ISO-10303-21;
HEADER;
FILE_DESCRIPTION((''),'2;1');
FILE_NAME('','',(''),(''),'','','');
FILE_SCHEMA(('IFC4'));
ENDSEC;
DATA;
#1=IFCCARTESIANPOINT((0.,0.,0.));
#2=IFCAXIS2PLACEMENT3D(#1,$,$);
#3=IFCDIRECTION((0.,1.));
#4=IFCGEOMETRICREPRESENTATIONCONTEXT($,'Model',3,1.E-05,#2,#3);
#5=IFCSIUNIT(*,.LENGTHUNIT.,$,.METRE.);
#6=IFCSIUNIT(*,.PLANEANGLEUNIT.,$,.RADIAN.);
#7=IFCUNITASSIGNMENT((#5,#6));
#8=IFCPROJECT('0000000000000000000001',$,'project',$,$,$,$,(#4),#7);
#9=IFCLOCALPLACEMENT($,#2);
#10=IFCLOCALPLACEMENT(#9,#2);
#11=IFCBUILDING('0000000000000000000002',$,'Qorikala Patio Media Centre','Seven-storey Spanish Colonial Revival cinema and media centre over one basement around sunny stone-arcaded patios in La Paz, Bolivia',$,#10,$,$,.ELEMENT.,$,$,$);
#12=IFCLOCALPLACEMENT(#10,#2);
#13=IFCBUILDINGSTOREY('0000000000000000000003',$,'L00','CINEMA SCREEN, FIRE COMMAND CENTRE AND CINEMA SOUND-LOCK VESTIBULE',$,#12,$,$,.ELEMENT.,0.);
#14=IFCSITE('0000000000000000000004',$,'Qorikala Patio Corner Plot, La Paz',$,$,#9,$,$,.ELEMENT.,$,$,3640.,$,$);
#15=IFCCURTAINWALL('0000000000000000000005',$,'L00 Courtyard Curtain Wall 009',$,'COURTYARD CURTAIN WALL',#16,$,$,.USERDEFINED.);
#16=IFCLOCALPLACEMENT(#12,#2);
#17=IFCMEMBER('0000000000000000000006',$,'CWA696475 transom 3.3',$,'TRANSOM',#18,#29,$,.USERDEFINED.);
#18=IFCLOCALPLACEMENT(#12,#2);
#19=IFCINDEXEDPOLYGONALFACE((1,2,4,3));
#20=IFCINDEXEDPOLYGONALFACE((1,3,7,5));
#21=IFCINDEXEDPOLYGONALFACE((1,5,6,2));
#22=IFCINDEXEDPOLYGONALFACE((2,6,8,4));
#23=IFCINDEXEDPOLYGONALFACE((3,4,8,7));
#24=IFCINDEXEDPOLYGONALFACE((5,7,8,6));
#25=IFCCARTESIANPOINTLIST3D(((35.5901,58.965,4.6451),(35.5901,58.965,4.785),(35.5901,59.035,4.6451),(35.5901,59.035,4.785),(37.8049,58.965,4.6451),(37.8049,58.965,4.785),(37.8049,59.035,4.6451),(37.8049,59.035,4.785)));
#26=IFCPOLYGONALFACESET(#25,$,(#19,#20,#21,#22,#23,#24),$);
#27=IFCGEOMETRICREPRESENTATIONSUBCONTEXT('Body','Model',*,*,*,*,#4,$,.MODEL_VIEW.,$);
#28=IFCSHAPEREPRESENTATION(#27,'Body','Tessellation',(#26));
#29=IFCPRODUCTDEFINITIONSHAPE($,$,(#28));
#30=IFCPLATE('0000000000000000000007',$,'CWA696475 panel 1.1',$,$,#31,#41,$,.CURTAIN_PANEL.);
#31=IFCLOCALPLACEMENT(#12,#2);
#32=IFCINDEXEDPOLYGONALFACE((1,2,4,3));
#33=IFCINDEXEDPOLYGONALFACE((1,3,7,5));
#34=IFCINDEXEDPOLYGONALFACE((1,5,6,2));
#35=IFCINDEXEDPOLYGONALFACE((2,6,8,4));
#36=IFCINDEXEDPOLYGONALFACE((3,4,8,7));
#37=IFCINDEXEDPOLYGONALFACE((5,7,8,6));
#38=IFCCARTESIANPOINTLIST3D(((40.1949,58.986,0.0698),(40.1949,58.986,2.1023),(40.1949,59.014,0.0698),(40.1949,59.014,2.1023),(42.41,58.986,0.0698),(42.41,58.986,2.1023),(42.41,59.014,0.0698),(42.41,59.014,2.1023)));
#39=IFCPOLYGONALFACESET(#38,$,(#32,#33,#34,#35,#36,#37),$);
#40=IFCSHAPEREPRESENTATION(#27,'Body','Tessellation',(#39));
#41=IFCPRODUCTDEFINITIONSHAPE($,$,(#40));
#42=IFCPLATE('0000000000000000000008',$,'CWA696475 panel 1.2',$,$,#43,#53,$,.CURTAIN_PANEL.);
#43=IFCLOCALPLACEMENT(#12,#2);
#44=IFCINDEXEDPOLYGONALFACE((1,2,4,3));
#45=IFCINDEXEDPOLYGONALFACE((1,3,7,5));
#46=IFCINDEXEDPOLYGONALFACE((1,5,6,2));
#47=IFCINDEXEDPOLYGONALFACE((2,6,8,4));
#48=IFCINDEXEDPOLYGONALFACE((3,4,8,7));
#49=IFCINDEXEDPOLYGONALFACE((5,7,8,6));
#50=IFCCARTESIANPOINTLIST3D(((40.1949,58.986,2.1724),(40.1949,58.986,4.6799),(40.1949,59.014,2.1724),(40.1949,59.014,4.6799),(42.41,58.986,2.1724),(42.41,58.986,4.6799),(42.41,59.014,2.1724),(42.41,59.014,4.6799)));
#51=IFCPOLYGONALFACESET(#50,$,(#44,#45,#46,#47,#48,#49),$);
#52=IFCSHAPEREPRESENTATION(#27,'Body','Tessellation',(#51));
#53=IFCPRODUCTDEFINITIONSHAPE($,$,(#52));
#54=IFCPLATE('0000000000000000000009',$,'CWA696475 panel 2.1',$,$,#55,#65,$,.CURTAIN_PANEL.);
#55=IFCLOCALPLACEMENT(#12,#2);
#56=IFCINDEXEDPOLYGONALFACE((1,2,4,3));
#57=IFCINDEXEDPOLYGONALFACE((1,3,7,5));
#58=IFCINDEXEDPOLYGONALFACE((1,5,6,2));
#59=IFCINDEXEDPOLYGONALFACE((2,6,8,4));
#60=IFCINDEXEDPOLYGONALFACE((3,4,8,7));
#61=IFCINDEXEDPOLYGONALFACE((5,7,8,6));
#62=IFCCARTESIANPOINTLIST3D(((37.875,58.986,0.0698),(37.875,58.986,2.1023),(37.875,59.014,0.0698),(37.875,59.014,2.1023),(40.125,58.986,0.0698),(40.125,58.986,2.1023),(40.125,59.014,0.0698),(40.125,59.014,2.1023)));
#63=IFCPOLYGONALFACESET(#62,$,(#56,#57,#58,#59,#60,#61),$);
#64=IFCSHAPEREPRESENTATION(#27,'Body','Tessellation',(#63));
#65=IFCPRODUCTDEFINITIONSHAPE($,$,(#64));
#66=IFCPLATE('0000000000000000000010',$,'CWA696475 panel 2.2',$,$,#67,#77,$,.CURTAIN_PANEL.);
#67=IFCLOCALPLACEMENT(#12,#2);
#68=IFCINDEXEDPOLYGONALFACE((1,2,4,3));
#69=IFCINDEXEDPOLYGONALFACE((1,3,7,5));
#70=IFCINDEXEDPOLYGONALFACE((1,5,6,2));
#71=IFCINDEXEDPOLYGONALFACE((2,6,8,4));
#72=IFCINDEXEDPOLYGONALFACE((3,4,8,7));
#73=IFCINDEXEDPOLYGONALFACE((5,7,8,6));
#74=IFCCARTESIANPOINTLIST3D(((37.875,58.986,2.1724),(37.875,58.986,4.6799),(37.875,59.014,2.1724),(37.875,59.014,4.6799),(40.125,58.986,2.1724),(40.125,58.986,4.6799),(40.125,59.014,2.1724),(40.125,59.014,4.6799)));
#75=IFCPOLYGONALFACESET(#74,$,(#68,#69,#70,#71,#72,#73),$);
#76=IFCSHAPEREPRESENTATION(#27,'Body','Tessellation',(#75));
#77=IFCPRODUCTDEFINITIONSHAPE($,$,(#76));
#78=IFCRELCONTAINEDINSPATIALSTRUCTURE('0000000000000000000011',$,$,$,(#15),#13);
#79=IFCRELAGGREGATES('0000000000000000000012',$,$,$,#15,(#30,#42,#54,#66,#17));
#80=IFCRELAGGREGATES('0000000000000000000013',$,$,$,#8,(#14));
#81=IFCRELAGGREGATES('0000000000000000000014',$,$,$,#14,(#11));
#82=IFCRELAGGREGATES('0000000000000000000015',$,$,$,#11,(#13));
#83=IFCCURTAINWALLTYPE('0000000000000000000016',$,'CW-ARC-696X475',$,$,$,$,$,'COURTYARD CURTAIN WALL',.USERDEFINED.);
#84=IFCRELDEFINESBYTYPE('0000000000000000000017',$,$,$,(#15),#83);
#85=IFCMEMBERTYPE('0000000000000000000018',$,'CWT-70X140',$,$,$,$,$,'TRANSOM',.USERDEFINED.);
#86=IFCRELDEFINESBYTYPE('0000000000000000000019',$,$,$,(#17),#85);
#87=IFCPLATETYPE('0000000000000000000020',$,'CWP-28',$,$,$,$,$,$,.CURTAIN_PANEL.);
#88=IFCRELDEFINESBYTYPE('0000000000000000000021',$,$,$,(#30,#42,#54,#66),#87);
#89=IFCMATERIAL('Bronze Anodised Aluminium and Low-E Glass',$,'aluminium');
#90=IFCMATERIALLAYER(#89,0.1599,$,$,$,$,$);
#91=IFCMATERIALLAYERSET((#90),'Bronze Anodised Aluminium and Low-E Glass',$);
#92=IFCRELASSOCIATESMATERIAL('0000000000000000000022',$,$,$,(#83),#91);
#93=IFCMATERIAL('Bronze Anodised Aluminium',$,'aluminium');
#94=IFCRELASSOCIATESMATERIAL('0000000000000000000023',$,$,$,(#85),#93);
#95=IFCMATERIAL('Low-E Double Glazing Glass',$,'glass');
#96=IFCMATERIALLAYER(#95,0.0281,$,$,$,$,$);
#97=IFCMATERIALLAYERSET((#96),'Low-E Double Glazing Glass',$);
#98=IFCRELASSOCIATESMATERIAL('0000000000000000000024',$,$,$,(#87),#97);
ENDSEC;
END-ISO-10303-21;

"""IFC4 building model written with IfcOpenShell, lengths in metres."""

from ifc_helpers import new_model, si_unit, direction, frame, origin, origin_2d, place, context, subcontext, project, spatial, rectangle, extrude, material, layer, layer_set, material_profile, profile_set, type_object, element, aggregate, save


model = new_model("IFC4")

# Units and contexts
model_context = context("Model", 3, precision=1e-05, world=origin(), true_north=direction((0.0, 1.0)))
body_context = subcontext(model_context, "Body", "Model", "MODEL_VIEW")
ifc_project = project(units=[si_unit("LENGTHUNIT", "METRE"), si_unit("PLANEANGLEUNIT", "RADIAN")], contexts=[model_context])

# Site, building, storey
site_placement = place(None, origin())
site = spatial("IfcSite", under=ifc_project, at=site_placement, Name="Qorikala Patio Corner Plot, La Paz", CompositionType="ELEMENT", RefElevation=3640.0)
building_placement = place(site_placement, origin())
building = spatial("IfcBuilding", under=site, at=building_placement, Name="Qorikala Patio Media Centre", Description="Seven-storey Spanish Colonial Revival cinema and media centre over one basement around sunny stone-arcaded patios in La Paz, Bolivia", CompositionType="ELEMENT")
storey_placement = place(building_placement, origin())
storey = spatial("IfcBuildingStorey", under=building, at=storey_placement, Name="L00", Description="CINEMA SCREEN, FIRE COMMAND CENTRE AND CINEMA SOUND-LOCK VESTIBULE", CompositionType="ELEMENT", Elevation=0.0)

# Curtain wall, member, plates
ifc_material_1 = material(Name="Bronze Anodised Aluminium and Low-E Glass", Category="aluminium")
ifc_layer_1 = layer(ifc_material_1, 0.1599)
ifc_layer_set_1 = layer_set([ifc_layer_1], Name="Bronze Anodised Aluminium and Low-E Glass")
curtain_wall_type = type_object("IfcCurtainWallType", Name="CW-ARC-696X475", ElementType="COURTYARD CURTAIN WALL", PredefinedType="USERDEFINED", material=ifc_layer_set_1)
curtain_wall_placement = place(storey_placement, origin())
curtain_wall = element("IfcCurtainWall", 1, at=curtain_wall_placement, inside=storey, type_object=curtain_wall_type, Name="L00 Courtyard Curtain Wall 009", ObjectType="COURTYARD CURTAIN WALL", PredefinedType="USERDEFINED")
ifc_material_2 = material(Name="Bronze Anodised Aluminium", Category="aluminium")
ifc_material_profile_1 = material_profile(ifc_material_2, rectangle(XDim=0.0701, YDim=0.1399, at=origin_2d()), Name="ALU TRANSOM 70x140")
ifc_profile_set_1 = profile_set([ifc_material_profile_1], Name="Bronze Anodised Aluminium")
member_type_1 = type_object("IfcMemberType", Name="CWT-70X140", ElementType="TRANSOM", PredefinedType="USERDEFINED", material=ifc_profile_set_1)
member_1_placement = place(storey_placement, frame((37.8049, 59.0, 4.7151), z_axis=(-1.0, 0.0, 0.0), x_axis=(0.0, -1.0, 0.0)))
member_1 = element("IfcMember", 2, at=member_1_placement, type_object=member_type_1, Name="CWA696475 transom 3.3", ObjectType="TRANSOM", PredefinedType="USERDEFINED", context=body_context, shape_type="SweptSolid", body=[
    extrude(rectangle(XDim=0.0701, YDim=0.1399, at=origin_2d()), origin(), (0.0, 0.0, 1.0), 2.2148),
])
ifc_material_3 = material(Name="Low-E Double Glazing Glass", Category="glass")
ifc_layer_2 = layer(ifc_material_3, 0.0281)
ifc_layer_set_2 = layer_set([ifc_layer_2], Name="Low-E Double Glazing Glass")
plate_type = type_object("IfcPlateType", Name="CWP-28", PredefinedType="CURTAIN_PANEL", material=ifc_layer_set_2)
plate_1_placement = place(storey_placement, frame((41.3025, 59.0, 0.0698), z_axis=(0.0, 0.0, 1.0), x_axis=(-1.0, 0.0, 0.0)))
plate_1 = element("IfcPlate", 3, at=plate_1_placement, type_object=plate_type, Name="CWA696475 panel 1.1", PredefinedType="CURTAIN_PANEL", context=body_context, shape_type="SweptSolid", body=[
    extrude(rectangle(XDim=2.2151, YDim=0.0281, at=origin_2d()), origin(), (0.0, 0.0, 1.0), 2.0325),
])
plate_2_placement = place(storey_placement, frame((41.3025, 59.0, 2.1724), z_axis=(0.0, 0.0, 1.0), x_axis=(-1.0, 0.0, 0.0)))
plate_2 = element("IfcPlate", 4, at=plate_2_placement, type_object=plate_type, Name="CWA696475 panel 1.2", PredefinedType="CURTAIN_PANEL", context=body_context, shape_type="SweptSolid", body=[
    extrude(rectangle(XDim=2.2151, YDim=0.0281, at=origin_2d()), origin(), (0.0, 0.0, 1.0), 2.5076),
])
plate_3_placement = place(storey_placement, frame((39.0, 59.0, 0.0698), z_axis=(0.0, 0.0, 1.0), x_axis=(-1.0, 0.0, 0.0)))
plate_3 = element("IfcPlate", 5, at=plate_3_placement, type_object=plate_type, Name="CWA696475 panel 2.1", PredefinedType="CURTAIN_PANEL", context=body_context, shape_type="SweptSolid", body=[
    extrude(rectangle(XDim=2.25, YDim=0.0281, at=origin_2d()), origin(), (0.0, 0.0, 1.0), 2.0325),
])
plate_4_placement = place(storey_placement, frame((39.0, 59.0, 2.1724), z_axis=(0.0, 0.0, 1.0), x_axis=(-1.0, 0.0, 0.0)))
plate_4 = element("IfcPlate", 6, at=plate_4_placement, type_object=plate_type, Name="CWA696475 panel 2.2", PredefinedType="CURTAIN_PANEL", context=body_context, shape_type="SweptSolid", body=[
    extrude(rectangle(XDim=2.25, YDim=0.0281, at=origin_2d()), origin(), (0.0, 0.0, 1.0), 2.5076),
])
aggregate(curtain_wall, [plate_1, plate_2, plate_3, plate_4, member_1])

save(model, "model.ifc")
